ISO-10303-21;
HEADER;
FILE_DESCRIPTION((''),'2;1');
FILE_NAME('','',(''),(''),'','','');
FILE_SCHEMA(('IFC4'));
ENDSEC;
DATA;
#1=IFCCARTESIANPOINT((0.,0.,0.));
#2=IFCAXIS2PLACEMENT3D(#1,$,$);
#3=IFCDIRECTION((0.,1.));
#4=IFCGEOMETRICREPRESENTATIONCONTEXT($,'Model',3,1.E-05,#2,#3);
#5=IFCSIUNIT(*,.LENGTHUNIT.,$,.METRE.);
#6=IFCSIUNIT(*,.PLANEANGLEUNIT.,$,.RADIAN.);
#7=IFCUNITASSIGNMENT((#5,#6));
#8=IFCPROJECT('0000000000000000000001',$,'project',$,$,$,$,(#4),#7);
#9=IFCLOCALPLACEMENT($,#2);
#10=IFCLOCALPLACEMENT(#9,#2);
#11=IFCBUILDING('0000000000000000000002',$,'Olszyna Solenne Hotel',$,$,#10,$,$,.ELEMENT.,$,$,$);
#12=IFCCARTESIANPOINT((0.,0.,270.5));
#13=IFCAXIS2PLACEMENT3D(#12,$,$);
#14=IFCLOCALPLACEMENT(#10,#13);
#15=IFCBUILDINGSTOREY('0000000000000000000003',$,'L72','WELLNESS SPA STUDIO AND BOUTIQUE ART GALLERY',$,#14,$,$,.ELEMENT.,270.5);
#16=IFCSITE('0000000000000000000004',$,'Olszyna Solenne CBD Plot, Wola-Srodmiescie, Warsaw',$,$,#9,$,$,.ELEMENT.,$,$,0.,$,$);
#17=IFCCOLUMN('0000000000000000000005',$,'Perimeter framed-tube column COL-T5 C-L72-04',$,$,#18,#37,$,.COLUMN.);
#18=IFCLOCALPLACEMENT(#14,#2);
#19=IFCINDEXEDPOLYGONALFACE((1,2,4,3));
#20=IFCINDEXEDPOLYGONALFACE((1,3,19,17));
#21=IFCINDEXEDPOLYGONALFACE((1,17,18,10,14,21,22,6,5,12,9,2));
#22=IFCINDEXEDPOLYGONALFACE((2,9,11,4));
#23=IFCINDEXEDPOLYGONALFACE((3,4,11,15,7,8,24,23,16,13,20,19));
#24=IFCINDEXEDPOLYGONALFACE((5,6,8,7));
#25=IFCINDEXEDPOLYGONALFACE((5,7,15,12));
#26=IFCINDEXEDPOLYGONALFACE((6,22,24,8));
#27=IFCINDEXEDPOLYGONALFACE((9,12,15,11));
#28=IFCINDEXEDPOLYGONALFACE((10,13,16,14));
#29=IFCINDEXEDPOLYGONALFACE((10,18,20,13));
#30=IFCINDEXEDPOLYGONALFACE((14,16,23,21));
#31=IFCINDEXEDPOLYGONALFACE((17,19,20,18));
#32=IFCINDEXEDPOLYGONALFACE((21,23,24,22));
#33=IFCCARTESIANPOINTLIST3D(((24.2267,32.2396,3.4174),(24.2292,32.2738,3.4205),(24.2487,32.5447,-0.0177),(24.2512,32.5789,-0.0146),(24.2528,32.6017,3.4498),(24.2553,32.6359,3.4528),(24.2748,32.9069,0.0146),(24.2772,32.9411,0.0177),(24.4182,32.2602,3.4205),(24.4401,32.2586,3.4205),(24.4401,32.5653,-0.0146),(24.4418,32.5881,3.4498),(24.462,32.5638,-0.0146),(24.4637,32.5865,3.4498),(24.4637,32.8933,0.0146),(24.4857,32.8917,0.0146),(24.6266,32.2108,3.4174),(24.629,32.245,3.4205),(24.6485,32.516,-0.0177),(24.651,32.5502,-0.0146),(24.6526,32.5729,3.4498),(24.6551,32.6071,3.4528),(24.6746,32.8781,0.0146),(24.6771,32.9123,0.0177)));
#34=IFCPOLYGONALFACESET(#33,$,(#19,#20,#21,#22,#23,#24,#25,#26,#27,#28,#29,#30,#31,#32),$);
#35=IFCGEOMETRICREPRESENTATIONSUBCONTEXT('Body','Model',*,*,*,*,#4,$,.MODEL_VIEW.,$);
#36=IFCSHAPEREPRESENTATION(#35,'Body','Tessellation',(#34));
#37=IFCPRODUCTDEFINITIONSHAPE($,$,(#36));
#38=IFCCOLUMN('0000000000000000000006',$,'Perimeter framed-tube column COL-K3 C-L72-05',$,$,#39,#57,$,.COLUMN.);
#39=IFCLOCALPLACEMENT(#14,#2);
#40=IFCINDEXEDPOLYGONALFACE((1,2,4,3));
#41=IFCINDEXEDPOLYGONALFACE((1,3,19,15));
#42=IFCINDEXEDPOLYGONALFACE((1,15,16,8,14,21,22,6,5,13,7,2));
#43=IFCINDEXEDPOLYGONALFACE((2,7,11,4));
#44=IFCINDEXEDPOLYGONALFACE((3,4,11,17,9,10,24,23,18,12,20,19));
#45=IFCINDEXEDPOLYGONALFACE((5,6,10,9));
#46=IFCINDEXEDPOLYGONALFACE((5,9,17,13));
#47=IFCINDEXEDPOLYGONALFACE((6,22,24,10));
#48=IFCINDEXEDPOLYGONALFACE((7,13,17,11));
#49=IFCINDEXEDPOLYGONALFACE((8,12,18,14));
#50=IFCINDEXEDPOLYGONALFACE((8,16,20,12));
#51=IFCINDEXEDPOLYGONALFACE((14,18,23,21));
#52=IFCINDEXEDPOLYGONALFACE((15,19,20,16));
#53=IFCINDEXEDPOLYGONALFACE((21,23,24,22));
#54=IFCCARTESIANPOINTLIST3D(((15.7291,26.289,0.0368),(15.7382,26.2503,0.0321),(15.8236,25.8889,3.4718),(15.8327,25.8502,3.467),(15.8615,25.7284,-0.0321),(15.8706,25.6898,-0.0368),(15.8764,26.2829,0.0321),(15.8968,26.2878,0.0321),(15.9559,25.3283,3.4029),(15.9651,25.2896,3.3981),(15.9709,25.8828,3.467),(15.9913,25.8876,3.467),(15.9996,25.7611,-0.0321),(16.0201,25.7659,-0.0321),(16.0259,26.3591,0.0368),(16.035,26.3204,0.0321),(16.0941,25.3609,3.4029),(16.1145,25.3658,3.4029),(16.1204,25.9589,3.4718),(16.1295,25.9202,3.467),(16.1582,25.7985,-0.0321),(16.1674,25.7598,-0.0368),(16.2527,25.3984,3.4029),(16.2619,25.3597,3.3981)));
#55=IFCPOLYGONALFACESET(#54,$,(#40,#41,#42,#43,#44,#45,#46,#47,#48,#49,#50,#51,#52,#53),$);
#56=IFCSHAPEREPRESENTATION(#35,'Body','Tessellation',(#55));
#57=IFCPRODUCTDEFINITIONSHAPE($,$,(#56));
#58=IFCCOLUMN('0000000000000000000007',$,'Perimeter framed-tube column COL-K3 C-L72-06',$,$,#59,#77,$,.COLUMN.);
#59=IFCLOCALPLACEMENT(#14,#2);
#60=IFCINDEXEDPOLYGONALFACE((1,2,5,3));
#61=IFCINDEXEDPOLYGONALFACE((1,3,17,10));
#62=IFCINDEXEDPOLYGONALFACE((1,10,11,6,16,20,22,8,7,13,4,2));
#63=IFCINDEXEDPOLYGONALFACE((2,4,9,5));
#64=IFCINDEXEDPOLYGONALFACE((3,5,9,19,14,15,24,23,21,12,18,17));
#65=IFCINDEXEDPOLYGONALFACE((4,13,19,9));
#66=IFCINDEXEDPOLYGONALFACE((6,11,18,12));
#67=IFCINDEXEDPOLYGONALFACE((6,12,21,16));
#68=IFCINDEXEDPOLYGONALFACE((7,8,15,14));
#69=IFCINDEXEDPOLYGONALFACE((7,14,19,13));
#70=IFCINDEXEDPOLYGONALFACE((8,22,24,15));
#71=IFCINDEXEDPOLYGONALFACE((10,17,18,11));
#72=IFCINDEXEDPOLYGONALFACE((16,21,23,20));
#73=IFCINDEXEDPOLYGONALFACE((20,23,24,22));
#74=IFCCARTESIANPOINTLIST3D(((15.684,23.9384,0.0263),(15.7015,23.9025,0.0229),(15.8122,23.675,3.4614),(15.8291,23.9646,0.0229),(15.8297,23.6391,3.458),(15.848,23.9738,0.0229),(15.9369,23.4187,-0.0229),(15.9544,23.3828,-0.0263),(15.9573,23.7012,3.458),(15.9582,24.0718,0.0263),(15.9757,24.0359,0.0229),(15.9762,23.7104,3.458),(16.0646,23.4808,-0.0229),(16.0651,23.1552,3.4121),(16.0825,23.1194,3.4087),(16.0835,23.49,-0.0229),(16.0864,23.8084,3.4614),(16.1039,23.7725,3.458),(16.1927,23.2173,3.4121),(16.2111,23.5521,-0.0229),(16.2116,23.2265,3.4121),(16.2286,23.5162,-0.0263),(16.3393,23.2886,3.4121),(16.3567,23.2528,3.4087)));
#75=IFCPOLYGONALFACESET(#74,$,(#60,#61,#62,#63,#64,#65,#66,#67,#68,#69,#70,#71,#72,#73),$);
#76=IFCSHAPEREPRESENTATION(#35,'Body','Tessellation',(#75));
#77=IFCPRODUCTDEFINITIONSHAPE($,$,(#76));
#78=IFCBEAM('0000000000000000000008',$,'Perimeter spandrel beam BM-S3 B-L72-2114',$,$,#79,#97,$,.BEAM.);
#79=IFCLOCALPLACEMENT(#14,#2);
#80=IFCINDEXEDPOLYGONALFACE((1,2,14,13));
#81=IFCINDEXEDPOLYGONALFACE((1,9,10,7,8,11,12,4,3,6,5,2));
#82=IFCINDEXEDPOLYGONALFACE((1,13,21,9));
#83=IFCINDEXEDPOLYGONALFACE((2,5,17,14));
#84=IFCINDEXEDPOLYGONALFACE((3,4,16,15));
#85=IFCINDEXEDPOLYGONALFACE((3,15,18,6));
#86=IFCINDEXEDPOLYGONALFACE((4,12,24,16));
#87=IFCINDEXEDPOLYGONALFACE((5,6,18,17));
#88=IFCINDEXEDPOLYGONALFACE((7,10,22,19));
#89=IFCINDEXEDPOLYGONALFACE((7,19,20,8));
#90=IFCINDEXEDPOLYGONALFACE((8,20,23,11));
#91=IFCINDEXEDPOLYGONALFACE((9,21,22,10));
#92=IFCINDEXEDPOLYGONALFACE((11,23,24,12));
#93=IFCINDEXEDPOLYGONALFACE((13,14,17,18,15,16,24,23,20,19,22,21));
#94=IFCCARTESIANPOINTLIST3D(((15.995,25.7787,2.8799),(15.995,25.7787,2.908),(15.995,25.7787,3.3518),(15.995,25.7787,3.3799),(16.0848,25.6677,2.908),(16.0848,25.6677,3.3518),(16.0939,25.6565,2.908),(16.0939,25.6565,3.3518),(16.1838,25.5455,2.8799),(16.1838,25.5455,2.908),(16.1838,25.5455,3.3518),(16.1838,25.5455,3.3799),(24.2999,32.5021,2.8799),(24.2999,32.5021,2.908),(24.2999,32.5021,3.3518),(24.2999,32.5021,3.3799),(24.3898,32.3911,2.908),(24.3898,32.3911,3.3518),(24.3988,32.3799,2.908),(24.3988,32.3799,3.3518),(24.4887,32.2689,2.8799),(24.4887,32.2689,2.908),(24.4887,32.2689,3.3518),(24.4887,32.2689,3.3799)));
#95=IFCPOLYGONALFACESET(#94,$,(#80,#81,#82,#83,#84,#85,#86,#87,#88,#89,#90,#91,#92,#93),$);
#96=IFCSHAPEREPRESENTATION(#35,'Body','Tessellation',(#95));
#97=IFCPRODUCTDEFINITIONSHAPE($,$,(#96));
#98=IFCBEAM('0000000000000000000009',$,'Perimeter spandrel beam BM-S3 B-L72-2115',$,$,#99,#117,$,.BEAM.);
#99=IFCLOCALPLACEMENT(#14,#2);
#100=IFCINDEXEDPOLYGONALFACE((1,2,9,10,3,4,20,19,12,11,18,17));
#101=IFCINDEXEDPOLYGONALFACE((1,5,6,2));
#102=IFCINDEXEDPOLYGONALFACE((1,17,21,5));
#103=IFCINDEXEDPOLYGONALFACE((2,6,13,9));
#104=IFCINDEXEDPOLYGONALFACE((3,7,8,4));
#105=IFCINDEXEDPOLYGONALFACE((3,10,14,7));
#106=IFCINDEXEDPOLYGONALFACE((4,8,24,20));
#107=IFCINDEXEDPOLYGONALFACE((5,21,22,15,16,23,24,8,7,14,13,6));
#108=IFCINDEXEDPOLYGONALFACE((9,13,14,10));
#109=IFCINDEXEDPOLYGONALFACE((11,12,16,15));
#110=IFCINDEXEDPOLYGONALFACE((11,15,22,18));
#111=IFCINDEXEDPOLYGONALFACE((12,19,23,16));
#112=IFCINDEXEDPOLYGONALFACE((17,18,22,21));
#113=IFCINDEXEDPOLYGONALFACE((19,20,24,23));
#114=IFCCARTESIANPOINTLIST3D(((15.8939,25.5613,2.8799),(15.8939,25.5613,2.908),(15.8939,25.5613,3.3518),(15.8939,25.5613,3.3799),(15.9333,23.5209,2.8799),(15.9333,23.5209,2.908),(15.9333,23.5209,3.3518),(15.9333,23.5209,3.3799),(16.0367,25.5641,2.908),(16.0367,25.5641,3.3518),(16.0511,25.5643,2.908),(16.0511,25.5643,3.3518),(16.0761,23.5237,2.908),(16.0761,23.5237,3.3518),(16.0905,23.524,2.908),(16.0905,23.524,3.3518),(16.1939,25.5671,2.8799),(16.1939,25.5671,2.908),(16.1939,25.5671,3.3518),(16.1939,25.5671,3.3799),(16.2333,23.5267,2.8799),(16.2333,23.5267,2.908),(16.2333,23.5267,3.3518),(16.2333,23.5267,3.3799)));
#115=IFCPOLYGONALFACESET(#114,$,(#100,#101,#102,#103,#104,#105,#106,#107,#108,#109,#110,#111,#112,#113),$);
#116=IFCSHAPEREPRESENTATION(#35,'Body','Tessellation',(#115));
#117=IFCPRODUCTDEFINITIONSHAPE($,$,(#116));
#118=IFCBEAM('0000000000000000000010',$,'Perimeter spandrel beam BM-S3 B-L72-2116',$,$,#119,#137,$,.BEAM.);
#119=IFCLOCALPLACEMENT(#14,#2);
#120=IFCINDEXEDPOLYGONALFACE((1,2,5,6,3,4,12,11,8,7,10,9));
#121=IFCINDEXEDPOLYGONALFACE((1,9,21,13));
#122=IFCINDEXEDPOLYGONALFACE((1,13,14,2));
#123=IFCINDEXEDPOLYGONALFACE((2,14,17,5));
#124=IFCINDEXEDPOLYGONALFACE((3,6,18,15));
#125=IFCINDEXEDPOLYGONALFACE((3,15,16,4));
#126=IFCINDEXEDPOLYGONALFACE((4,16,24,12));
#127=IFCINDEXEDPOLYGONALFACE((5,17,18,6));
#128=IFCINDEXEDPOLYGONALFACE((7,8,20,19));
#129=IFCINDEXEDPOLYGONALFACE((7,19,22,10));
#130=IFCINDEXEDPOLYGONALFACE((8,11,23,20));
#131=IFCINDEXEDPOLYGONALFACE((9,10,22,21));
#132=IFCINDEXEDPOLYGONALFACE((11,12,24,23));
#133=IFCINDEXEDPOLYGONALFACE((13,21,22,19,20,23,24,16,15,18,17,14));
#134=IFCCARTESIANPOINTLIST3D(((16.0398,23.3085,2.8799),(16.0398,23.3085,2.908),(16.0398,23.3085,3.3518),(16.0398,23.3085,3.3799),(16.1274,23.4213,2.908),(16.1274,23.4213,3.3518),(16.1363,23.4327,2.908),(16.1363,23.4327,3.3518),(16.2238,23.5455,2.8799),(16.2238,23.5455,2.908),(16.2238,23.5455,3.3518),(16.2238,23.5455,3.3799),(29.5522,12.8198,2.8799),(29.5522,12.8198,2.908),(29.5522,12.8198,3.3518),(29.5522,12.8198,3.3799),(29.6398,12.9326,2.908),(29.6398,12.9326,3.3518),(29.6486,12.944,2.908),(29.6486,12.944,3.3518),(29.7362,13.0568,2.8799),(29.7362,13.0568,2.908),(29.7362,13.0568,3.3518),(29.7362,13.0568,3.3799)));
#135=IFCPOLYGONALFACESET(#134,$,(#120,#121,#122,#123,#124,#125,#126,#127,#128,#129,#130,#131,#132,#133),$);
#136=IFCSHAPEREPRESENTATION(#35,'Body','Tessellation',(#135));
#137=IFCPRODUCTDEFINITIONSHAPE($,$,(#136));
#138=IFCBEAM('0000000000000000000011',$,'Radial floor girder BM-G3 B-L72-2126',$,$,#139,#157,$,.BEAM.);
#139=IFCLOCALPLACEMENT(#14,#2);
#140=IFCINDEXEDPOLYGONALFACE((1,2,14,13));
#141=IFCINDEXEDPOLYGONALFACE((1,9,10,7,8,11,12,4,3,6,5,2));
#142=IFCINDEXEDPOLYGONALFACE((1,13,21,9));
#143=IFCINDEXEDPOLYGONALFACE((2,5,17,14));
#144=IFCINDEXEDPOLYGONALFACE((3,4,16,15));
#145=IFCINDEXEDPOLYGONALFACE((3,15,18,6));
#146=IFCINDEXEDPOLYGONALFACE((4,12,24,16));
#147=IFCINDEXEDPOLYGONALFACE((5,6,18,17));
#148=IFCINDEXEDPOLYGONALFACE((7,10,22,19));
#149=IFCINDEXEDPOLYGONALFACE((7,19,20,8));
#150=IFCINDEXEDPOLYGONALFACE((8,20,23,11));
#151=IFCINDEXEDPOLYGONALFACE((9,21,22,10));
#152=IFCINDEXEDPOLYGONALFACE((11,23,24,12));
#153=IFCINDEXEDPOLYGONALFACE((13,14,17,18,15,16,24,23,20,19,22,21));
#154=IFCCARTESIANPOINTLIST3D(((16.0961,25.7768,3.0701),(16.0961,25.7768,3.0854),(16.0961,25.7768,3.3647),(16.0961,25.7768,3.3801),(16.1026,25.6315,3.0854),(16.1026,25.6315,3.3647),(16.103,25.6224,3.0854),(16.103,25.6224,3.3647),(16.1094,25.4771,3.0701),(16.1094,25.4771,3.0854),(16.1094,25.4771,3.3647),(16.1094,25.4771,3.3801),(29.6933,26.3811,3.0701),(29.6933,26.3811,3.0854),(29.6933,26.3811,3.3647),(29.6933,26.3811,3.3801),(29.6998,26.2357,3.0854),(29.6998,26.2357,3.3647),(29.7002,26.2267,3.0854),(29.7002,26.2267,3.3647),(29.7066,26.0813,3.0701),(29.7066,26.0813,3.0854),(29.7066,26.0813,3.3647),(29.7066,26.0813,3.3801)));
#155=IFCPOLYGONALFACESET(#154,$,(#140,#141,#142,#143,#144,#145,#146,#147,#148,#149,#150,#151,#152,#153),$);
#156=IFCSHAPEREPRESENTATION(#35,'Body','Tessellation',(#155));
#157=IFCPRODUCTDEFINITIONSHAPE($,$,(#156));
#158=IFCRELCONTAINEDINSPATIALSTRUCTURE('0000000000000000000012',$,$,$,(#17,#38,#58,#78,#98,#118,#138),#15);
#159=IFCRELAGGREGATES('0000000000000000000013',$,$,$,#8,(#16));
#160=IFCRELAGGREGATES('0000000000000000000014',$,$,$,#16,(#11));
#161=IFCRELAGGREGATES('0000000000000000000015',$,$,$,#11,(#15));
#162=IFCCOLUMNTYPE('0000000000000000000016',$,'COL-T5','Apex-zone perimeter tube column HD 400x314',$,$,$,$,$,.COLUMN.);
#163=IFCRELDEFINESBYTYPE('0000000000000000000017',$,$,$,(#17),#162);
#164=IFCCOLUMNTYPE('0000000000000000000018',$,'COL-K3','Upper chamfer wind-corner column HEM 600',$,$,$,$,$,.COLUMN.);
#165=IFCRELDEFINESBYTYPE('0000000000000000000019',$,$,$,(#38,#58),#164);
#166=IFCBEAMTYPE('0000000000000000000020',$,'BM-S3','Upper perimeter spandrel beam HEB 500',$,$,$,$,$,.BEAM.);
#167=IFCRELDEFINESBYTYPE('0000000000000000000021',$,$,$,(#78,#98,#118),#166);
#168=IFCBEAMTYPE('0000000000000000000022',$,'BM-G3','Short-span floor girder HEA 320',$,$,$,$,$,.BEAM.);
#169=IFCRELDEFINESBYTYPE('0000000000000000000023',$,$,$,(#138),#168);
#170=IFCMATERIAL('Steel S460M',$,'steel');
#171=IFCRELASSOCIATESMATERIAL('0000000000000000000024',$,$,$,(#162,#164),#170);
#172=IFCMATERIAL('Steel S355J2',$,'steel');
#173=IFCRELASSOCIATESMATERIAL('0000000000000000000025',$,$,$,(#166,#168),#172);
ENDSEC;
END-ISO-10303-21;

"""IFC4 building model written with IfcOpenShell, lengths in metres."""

from ifc_helpers import new_model, si_unit, direction, frame, origin, origin_2d, place, context, subcontext, project, spatial, i_section, extrude, source, transform, mapped, material, material_profile, profile_set, type_object, element, save


model = new_model("IFC4")

# Units and contexts
model_context = context("Model", 3, precision=1e-05, world=origin(), true_north=direction((0.0, 1.0)))
body_context = subcontext(model_context, "Body", "Model", "MODEL_VIEW")
ifc_project = project(units=[si_unit("LENGTHUNIT", "METRE"), si_unit("PLANEANGLEUNIT", "RADIAN")], contexts=[model_context])

# Site, building, storey
site_placement = place(None, origin())
site = spatial("IfcSite", under=ifc_project, at=site_placement, Name="Olszyna Solenne CBD Plot, Wola-Srodmiescie, Warsaw", CompositionType="ELEMENT", RefElevation=0.0)
building_placement = place(site_placement, origin())
building = spatial("IfcBuilding", under=site, at=building_placement, Name="Olszyna Solenne Hotel", CompositionType="ELEMENT")
storey_placement = place(building_placement, frame((0.0, 0.0, 270.5)))
storey = spatial("IfcBuildingStorey", under=building, at=storey_placement, Name="L72", Description="WELLNESS SPA STUDIO AND BOUTIQUE ART GALLERY", CompositionType="ELEMENT", Elevation=270.5)

# Columns
ifc_material_1 = material(Name="Steel S460M", Category="steel")
ifc_material_profile_1 = material_profile(ifc_material_1, i_section(OverallWidth=0.4009, OverallDepth=0.3989, WebThickness=0.022, FlangeThickness=0.0344, at=origin_2d()), Name="HD 400x314", Category="load-bearing")
ifc_profile_set_1 = profile_set([ifc_material_profile_1], Name="Steel S460M")
column_type_1 = type_object("IfcColumnType", Name="COL-T5", Description="Apex-zone perimeter tube column HD 400x314", PredefinedType="COLUMN", material=ifc_profile_set_1)
shared_shape_1 = source(origin(), body_context, "Body", "SweptSolid", [
    extrude(i_section(OverallWidth=0.4009, OverallDepth=0.3989, WebThickness=0.022, FlangeThickness=0.0344, at=origin_2d()), origin(), (0.0, 0.0, 1.0), 3.4487),
])
column_1_placement = place(storey_placement, frame((24.4629, 32.7285, 0.0), z_axis=(-0.006371, -0.088491, 0.996057), x_axis=(0.997418, -0.071814, 0.0)))
element("IfcColumn", 1, at=column_1_placement, inside=storey, type_object=column_type_1, Name="Perimeter framed-tube column COL-T5 C-L72-04", PredefinedType="COLUMN", context=body_context, shape_type="MappedRepresentation", body=[
    mapped(shared_shape_1, transform((0.0, 0.0, 0.0), x_axis=(1.0, 0.0, 0.0), y_axis=(0.0, 1.0, 0.0), z_axis=(0.0, 0.0, 1.0), scale=1.0)),
])
ifc_material_profile_2 = material_profile(ifc_material_1, i_section(OverallWidth=0.3049, OverallDepth=0.6201, WebThickness=0.021, FlangeThickness=0.04, at=origin_2d()), Name="HEM 600", Category="load-bearing")
ifc_profile_set_2 = profile_set([ifc_material_profile_2], Name="Steel S460M")
column_type_2 = type_object("IfcColumnType", Name="COL-K3", Description="Upper chamfer wind-corner column HEM 600", PredefinedType="COLUMN", material=ifc_profile_set_2)
shared_shape_2 = source(origin(), body_context, "Body", "SweptSolid", [
    extrude(i_section(OverallWidth=0.3049, OverallDepth=0.6201, WebThickness=0.021, FlangeThickness=0.04, at=origin_2d()), origin(), (0.0, 0.0, 1.0), 3.4595),
])
column_2_placement = place(storey_placement, frame((15.9482, 26.0244, 0.0), z_axis=(0.02731, -0.115663, 0.992913), x_axis=(0.973238, 0.2298, 0.0)))
element("IfcColumn", 2, at=column_2_placement, inside=storey, type_object=column_type_2, Name="Perimeter framed-tube column COL-K3 C-L72-05", PredefinedType="COLUMN", context=body_context, shape_type="MappedRepresentation", body=[
    mapped(shared_shape_2, transform((0.0, 0.0, 0.0), x_axis=(1.0, 0.0, 0.0), y_axis=(0.0, 1.0, 0.0), z_axis=(0.0, 0.0, 1.0), scale=1.0)),
])
shared_shape_3 = source(origin(), body_context, "Body", "SweptSolid", [
    extrude(i_section(OverallWidth=0.3049, OverallDepth=0.6201, WebThickness=0.021, FlangeThickness=0.04, at=origin_2d()), origin(), (0.0, 0.0, 1.0), 3.4475),
])
column_3_placement = place(storey_placement, frame((15.9563, 23.7273, 0.0), z_axis=(0.037178, -0.076411, 0.996383), x_axis=(0.899209, 0.43752, 0.0)))
element("IfcColumn", 3, at=column_3_placement, inside=storey, type_object=column_type_2, Name="Perimeter framed-tube column COL-K3 C-L72-06", PredefinedType="COLUMN", context=body_context, shape_type="MappedRepresentation", body=[
    mapped(shared_shape_3, transform((0.0, 0.0, 0.0), x_axis=(1.0, 0.0, 0.0), y_axis=(0.0, 1.0, 0.0), z_axis=(0.0, 0.0, 1.0), scale=1.0)),
])

# Beams
ifc_material_2 = material(Name="Steel S355J2", Category="steel")
ifc_material_profile_3 = material_profile(ifc_material_2, i_section(OverallWidth=0.3, OverallDepth=0.5, WebThickness=0.0144, FlangeThickness=0.0281, at=origin_2d()), Name="HEB 500", Category="load-bearing")
ifc_profile_set_3 = profile_set([ifc_material_profile_3], Name="Steel S355J2")
beam_type_1 = type_object("IfcBeamType", Name="BM-S3", Description="Upper perimeter spandrel beam HEB 500", PredefinedType="BEAM", material=ifc_profile_set_3)
shared_shape_4 = source(origin(), body_context, "Body", "SweptSolid", [
    extrude(i_section(OverallWidth=0.3, OverallDepth=0.5, WebThickness=0.0144, FlangeThickness=0.0281, at=origin_2d()), origin(), (0.0, 0.0, 1.0), 10.6853),
])
beam_1_placement = place(storey_placement, frame((24.3943, 32.3855, 3.1299), z_axis=(-0.777229, -0.629218, 0.0), x_axis=(0.629218, -0.777229, 0.0)))
element("IfcBeam", 4, at=beam_1_placement, inside=storey, type_object=beam_type_1, Name="Perimeter spandrel beam BM-S3 B-L72-2114", PredefinedType="BEAM", context=body_context, shape_type="MappedRepresentation", body=[
    mapped(shared_shape_4, transform((0.0, 0.0, 0.0), x_axis=(1.0, 0.0, 0.0), y_axis=(0.0, 1.0, 0.0), z_axis=(0.0, 0.0, 1.0), scale=1.0)),
])
shared_shape_5 = source(origin(), body_context, "Body", "SweptSolid", [
    extrude(i_section(OverallWidth=0.3, OverallDepth=0.5, WebThickness=0.0144, FlangeThickness=0.0281, at=origin_2d()), origin(), (0.0, 0.0, 1.0), 2.0408),
])
beam_2_placement = place(storey_placement, frame((16.0439, 25.5642, 3.1299), z_axis=(0.019262, -0.999814, 0.0), x_axis=(0.999814, 0.019262, 0.0)))
element("IfcBeam", 5, at=beam_2_placement, inside=storey, type_object=beam_type_1, Name="Perimeter spandrel beam BM-S3 B-L72-2115", PredefinedType="BEAM", context=body_context, shape_type="MappedRepresentation", body=[
    mapped(shared_shape_5, transform((0.0, 0.0, 0.0), x_axis=(1.0, 0.0, 0.0), y_axis=(0.0, 1.0, 0.0), z_axis=(0.0, 0.0, 1.0), scale=1.0)),
])
shared_shape_6 = source(origin(), body_context, "Body", "SweptSolid", [
    extrude(i_section(OverallWidth=0.3, OverallDepth=0.5, WebThickness=0.0144, FlangeThickness=0.0281, at=origin_2d()), origin(), (0.0, 0.0, 1.0), 17.1055),
])
beam_3_placement = place(storey_placement, frame((16.1318, 23.427, 3.1299), z_axis=(0.789944, -0.613179, 0.0), x_axis=(0.613179, 0.789944, 0.0)))
element("IfcBeam", 6, at=beam_3_placement, inside=storey, type_object=beam_type_1, Name="Perimeter spandrel beam BM-S3 B-L72-2116", PredefinedType="BEAM", context=body_context, shape_type="MappedRepresentation", body=[
    mapped(shared_shape_6, transform((0.0, 0.0, 0.0), x_axis=(1.0, 0.0, 0.0), y_axis=(0.0, 1.0, 0.0), z_axis=(0.0, 0.0, 1.0), scale=1.0)),
])
ifc_material_profile_4 = material_profile(ifc_material_2, i_section(OverallWidth=0.3, OverallDepth=0.3101, WebThickness=0.009, FlangeThickness=0.0154, at=origin_2d()), Name="HEA 320", Category="load-bearing")
ifc_profile_set_4 = profile_set([ifc_material_profile_4], Name="Steel S355J2")
beam_type_2 = type_object("IfcBeamType", Name="BM-G3", Description="Short-span floor girder HEA 320", PredefinedType="BEAM", material=ifc_profile_set_4)
shared_shape_7 = source(origin(), body_context, "Body", "SweptSolid", [
    extrude(i_section(OverallWidth=0.3, OverallDepth=0.3101, WebThickness=0.009, FlangeThickness=0.0154, at=origin_2d()), origin(), (0.0, 0.0, 1.0), 13.6106),
])
beam_4_placement = place(storey_placement, frame((16.1028, 25.627, 3.2251), z_axis=(0.999014, 0.044395, 0.0), x_axis=(-0.044395, 0.999014, 0.0)))
element("IfcBeam", 7, at=beam_4_placement, inside=storey, type_object=beam_type_2, Name="Radial floor girder BM-G3 B-L72-2126", PredefinedType="BEAM", context=body_context, shape_type="MappedRepresentation", body=[
    mapped(shared_shape_7, transform((0.0, 0.0, 0.0), x_axis=(1.0, 0.0, 0.0), y_axis=(0.0, 1.0, 0.0), z_axis=(0.0, 0.0, 1.0), scale=1.0)),
])

save(model, "model.ifc")
